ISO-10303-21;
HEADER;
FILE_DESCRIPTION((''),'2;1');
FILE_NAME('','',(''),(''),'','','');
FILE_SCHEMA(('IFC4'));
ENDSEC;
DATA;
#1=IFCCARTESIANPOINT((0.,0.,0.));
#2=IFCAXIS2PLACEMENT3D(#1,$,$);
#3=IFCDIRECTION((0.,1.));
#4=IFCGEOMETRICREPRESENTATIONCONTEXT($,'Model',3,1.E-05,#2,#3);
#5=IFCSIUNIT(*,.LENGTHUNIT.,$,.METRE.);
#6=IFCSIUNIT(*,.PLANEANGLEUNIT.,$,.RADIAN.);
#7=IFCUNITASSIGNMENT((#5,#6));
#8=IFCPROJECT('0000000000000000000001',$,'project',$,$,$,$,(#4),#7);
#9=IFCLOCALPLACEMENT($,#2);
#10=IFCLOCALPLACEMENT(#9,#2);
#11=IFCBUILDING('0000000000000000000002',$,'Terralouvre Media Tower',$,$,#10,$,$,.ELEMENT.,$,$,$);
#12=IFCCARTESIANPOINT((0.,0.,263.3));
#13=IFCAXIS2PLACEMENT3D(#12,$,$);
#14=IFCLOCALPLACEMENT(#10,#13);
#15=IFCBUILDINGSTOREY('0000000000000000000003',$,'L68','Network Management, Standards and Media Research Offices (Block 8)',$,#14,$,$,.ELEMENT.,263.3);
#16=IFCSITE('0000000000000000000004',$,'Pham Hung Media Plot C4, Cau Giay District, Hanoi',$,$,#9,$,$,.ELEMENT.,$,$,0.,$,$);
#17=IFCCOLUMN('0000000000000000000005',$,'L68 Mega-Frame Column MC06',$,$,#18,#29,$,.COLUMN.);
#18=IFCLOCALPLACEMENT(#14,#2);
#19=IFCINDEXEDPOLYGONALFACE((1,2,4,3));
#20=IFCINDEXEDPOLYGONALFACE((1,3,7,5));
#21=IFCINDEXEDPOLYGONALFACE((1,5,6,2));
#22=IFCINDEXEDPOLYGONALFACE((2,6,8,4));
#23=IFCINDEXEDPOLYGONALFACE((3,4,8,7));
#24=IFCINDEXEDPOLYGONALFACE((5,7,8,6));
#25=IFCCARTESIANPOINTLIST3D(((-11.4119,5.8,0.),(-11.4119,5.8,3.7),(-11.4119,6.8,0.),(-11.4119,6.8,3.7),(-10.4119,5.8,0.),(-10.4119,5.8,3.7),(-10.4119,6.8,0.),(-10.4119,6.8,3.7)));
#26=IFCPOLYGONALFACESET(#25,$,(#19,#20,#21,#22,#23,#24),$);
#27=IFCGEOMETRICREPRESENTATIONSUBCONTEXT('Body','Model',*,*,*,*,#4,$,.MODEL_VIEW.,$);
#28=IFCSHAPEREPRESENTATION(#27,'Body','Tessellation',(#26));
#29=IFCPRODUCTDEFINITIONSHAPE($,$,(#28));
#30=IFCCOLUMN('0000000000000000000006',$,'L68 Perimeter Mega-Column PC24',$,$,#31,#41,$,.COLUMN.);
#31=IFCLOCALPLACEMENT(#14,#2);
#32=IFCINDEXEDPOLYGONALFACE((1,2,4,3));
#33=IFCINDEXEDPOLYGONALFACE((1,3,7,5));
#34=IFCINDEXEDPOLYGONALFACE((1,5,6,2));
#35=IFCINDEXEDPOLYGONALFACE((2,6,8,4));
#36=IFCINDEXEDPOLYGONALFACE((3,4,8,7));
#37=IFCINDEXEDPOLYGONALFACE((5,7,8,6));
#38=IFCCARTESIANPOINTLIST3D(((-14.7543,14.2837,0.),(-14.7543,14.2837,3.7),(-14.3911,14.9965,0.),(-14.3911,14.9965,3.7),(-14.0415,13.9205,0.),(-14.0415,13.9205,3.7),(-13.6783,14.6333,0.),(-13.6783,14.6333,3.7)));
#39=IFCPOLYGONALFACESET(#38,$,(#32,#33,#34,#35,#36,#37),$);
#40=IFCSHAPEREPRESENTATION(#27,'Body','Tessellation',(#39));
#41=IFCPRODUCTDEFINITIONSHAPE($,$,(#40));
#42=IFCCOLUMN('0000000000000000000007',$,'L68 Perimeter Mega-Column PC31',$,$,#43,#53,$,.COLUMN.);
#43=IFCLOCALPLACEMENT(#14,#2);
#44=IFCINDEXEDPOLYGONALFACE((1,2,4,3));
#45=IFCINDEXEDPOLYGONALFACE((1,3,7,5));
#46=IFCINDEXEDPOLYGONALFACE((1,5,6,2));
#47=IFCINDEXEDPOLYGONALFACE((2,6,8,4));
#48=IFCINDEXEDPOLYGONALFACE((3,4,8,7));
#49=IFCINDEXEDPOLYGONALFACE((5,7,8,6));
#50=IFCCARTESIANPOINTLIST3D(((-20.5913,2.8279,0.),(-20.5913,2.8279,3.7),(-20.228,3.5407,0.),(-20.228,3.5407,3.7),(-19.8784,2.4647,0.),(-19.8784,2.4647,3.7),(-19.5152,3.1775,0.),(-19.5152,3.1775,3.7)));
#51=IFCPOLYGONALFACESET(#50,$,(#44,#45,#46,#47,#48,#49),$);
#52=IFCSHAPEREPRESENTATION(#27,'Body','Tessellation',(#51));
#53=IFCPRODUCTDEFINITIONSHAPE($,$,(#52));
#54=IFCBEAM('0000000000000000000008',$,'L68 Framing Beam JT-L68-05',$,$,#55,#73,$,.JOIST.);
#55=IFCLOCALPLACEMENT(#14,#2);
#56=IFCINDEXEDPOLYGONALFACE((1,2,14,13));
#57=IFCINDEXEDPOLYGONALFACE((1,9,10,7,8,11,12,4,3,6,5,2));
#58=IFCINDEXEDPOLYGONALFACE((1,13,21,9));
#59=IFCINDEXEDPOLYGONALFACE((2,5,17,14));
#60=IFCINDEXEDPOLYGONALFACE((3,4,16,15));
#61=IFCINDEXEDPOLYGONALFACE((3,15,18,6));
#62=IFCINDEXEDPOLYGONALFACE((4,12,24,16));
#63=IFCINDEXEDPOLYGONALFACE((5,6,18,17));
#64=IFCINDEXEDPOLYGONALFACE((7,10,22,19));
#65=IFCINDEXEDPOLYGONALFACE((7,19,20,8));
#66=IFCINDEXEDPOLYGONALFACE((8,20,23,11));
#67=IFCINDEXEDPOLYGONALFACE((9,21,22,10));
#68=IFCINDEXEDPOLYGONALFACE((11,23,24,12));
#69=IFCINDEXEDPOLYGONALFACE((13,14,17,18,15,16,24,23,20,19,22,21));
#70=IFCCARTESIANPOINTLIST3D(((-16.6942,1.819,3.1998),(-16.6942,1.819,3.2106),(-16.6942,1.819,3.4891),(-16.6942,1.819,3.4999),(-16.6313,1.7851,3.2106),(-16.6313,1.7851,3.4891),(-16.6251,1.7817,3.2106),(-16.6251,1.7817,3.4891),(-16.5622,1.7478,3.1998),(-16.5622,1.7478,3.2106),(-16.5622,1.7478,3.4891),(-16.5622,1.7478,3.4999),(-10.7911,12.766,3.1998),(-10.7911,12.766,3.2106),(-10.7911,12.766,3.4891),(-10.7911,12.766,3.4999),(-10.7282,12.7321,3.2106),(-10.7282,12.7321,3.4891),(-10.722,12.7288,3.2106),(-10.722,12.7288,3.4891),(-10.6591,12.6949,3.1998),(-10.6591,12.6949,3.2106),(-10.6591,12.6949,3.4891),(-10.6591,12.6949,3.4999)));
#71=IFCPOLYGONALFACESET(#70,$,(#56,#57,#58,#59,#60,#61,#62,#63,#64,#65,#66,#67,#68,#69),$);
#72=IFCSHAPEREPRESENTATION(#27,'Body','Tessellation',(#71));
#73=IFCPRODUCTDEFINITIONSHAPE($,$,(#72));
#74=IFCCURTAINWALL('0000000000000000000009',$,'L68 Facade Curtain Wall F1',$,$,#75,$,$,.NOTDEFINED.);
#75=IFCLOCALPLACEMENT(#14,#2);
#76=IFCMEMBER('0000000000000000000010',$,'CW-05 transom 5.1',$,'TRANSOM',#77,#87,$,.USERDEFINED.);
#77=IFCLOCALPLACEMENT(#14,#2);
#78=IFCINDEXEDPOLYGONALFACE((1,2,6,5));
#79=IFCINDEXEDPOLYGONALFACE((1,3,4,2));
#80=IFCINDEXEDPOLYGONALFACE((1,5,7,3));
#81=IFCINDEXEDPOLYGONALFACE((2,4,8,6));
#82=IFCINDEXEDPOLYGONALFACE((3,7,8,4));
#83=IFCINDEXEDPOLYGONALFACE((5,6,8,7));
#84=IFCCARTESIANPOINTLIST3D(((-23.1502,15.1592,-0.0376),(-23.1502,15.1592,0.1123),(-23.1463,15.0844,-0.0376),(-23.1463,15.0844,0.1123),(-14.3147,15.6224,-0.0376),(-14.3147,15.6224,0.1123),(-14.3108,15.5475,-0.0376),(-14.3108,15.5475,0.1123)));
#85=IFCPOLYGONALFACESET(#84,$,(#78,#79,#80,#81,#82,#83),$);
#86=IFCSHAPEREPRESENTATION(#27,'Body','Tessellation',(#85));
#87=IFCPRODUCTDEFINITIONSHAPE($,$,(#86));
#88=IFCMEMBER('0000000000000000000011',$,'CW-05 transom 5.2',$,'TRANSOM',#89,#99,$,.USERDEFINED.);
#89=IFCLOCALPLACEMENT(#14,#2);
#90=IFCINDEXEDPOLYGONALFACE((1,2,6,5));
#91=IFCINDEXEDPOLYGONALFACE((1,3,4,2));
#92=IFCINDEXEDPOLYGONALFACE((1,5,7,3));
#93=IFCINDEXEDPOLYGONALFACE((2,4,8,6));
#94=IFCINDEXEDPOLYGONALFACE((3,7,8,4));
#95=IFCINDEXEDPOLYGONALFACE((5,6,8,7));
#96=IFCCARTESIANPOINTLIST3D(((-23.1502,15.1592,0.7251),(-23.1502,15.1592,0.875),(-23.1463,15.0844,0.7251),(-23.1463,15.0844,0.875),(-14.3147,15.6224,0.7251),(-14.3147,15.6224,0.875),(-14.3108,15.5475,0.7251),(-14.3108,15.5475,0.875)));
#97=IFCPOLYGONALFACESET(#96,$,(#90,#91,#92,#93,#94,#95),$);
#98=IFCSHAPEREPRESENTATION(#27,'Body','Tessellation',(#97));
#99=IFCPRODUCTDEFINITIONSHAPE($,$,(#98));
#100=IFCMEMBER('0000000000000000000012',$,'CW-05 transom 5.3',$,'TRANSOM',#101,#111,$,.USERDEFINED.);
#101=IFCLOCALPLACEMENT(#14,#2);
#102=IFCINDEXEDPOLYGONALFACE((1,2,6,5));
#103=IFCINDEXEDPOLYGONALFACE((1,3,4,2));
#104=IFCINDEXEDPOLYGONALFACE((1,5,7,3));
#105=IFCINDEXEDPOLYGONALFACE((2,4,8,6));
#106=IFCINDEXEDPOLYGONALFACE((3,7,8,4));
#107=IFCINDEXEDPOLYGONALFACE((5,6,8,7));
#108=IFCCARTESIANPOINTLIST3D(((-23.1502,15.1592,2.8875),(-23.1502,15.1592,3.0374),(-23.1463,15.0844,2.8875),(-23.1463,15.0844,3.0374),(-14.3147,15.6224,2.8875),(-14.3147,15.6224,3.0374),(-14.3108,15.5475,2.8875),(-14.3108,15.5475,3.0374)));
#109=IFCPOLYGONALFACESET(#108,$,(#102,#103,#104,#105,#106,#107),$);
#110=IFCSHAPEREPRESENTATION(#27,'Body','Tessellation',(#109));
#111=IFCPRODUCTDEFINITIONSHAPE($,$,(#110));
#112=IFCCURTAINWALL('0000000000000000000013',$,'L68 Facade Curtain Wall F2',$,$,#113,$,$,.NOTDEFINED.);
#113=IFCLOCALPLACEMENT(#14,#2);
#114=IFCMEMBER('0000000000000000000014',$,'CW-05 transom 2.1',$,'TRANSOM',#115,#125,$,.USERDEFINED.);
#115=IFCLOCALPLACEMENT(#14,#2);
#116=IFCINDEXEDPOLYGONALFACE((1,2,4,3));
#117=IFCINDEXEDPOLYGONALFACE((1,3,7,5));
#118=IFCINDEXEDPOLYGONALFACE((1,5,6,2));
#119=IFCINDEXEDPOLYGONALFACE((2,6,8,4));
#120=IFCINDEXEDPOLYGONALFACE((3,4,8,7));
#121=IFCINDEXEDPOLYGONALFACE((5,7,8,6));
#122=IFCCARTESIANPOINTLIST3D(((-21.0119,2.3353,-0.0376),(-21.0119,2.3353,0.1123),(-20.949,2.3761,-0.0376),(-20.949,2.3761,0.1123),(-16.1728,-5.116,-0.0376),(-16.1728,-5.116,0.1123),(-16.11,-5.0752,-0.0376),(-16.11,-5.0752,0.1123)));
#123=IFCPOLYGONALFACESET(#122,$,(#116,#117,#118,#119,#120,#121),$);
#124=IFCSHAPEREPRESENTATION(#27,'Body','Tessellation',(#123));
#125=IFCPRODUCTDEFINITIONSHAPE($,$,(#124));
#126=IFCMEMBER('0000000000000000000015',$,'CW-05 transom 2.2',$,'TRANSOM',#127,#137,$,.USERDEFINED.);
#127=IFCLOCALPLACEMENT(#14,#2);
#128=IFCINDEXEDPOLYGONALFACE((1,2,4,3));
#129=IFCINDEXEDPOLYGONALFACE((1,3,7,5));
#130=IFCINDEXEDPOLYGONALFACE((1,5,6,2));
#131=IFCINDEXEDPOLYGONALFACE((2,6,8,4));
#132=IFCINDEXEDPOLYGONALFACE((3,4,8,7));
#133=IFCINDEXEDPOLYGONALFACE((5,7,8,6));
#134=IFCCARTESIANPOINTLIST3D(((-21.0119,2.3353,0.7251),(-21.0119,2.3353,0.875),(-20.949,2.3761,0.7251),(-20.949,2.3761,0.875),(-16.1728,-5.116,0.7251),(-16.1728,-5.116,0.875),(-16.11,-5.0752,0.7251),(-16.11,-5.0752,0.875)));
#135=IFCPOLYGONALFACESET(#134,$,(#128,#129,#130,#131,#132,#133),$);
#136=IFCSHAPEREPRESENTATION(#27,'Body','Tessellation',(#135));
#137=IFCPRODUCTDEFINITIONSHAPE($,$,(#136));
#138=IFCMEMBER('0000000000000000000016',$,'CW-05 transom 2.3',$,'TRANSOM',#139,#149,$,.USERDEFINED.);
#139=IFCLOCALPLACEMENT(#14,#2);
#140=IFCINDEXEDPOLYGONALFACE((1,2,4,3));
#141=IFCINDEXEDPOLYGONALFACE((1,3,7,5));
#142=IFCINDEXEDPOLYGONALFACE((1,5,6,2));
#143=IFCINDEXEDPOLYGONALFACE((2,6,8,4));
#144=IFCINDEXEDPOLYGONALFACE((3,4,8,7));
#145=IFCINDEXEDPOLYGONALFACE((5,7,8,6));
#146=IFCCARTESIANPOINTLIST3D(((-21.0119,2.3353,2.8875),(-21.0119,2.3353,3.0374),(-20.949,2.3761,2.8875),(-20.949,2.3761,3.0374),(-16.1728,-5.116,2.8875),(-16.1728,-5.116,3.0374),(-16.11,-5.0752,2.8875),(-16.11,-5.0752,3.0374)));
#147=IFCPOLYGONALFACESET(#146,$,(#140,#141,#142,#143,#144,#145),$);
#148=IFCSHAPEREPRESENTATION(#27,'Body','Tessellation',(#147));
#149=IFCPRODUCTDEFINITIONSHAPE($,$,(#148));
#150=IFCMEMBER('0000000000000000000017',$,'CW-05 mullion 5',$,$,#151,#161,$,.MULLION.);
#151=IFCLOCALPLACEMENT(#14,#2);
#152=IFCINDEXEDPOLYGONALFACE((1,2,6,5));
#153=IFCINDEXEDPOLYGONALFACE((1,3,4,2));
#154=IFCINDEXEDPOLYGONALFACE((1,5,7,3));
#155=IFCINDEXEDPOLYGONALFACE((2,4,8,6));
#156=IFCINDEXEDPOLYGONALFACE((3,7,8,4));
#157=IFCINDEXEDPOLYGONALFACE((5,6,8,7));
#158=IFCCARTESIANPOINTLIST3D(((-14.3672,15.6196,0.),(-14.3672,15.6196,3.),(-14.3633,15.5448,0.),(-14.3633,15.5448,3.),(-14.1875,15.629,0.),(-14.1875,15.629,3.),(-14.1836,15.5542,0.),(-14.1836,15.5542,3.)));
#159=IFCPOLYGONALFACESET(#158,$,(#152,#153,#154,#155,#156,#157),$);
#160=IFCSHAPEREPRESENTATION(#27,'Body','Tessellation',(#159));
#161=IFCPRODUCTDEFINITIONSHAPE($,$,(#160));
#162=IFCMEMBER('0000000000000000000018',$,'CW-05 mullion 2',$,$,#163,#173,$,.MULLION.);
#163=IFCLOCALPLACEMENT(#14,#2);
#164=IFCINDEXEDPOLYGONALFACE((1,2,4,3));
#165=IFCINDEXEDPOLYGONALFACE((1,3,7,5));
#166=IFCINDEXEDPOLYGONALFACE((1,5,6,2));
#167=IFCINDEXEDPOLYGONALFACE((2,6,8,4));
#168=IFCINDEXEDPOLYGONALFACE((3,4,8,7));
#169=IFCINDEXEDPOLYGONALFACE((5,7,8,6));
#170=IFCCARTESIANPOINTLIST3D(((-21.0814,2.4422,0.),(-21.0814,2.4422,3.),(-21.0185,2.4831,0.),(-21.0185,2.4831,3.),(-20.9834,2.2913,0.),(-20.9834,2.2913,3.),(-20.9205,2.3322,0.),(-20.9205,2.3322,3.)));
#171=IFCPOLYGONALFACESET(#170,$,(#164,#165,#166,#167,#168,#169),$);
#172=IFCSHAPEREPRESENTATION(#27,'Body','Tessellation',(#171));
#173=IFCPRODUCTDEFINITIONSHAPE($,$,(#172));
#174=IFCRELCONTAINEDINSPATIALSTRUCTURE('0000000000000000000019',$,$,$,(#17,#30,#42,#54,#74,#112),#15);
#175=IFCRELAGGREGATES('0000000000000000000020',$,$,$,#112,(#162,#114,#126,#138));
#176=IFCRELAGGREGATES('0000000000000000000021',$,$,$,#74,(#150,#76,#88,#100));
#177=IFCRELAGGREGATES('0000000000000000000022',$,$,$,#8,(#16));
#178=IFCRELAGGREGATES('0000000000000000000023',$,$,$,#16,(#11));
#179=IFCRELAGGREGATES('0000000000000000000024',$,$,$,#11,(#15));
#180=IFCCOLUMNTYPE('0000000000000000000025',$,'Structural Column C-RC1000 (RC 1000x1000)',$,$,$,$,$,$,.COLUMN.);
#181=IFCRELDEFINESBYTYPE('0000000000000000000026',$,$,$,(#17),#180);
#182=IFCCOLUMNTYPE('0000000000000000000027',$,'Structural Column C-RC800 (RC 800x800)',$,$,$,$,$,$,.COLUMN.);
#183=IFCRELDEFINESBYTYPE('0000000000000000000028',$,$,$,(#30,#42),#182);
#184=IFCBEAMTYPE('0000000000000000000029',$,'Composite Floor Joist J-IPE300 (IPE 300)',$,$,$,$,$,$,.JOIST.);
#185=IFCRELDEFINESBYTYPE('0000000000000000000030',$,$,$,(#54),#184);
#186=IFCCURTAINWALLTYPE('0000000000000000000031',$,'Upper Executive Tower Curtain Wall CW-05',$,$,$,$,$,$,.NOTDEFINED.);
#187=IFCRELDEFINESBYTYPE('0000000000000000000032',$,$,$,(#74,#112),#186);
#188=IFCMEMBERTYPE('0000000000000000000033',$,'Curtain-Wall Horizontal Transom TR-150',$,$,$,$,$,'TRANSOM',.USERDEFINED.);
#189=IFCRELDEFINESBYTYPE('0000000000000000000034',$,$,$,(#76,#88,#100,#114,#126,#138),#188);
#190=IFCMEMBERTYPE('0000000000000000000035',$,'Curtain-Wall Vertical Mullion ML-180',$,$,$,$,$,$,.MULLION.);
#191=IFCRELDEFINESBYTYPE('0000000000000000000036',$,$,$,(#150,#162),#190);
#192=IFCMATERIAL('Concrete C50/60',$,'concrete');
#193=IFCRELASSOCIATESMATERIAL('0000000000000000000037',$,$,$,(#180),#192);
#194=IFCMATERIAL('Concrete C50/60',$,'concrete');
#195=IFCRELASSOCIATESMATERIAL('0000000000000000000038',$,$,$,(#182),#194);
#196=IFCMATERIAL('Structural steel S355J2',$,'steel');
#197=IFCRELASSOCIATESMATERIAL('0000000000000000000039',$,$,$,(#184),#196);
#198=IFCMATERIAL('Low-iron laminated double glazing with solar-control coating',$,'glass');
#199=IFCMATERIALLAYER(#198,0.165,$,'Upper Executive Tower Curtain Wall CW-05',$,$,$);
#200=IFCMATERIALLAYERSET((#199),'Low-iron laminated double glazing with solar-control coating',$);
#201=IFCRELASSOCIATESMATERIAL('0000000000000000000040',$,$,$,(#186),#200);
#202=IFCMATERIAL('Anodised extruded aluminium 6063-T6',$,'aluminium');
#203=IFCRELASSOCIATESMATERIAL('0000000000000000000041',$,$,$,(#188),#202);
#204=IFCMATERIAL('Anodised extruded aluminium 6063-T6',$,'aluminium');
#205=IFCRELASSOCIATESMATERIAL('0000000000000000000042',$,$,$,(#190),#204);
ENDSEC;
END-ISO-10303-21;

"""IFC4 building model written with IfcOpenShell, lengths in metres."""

from ifc_helpers import new_model, si_unit, direction, frame, origin, origin_2d, place, context, subcontext, project, spatial, rectangle, i_section, extrude, material, layer, layer_set, material_profile, profile_set, type_object, element, aggregate, save


model = new_model("IFC4")

# Units and contexts
model_context = context("Model", 3, precision=1e-05, world=origin(), true_north=direction((0.0, 1.0)))
body_context = subcontext(model_context, "Body", "Model", "MODEL_VIEW")
ifc_project = project(units=[si_unit("LENGTHUNIT", "METRE"), si_unit("PLANEANGLEUNIT", "RADIAN")], contexts=[model_context])

# Site, building, storey
site_placement = place(None, origin())
site = spatial("IfcSite", under=ifc_project, at=site_placement, Name="Pham Hung Media Plot C4, Cau Giay District, Hanoi", CompositionType="ELEMENT", RefElevation=0.0)
building_placement = place(site_placement, origin())
building = spatial("IfcBuilding", under=site, at=building_placement, Name="Terralouvre Media Tower", CompositionType="ELEMENT")
storey_placement = place(building_placement, frame((0.0, 0.0, 263.3)))
storey = spatial("IfcBuildingStorey", under=building, at=storey_placement, Name="L68", Description="Network Management, Standards and Media Research Offices (Block 8)", CompositionType="ELEMENT", Elevation=263.3)

# Columns
ifc_material_1 = material(Name="Concrete C50/60", Category="concrete")
ifc_material_profile_1 = material_profile(ifc_material_1, rectangle(XDim=1.0, YDim=1.0, at=origin_2d()), Name="RC 1000x1000")
ifc_profile_set_1 = profile_set([ifc_material_profile_1], Name="Concrete C50/60")
column_type_1 = type_object("IfcColumnType", Name="Structural Column C-RC1000 (RC 1000x1000)", PredefinedType="COLUMN", material=ifc_profile_set_1)
column_placement = place(storey_placement, frame((-10.9119, 6.3, 0.0), z_axis=(0.0, 0.0, 1.0), x_axis=(1.0, 0.0, 0.0)))
element("IfcColumn", 1, at=column_placement, inside=storey, type_object=column_type_1, Name="L68 Mega-Frame Column MC06", PredefinedType="COLUMN", context=body_context, shape_type="SweptSolid", body=[
    extrude(rectangle(XDim=1.0, YDim=1.0, at=origin_2d()), origin(), (0.0, 0.0, 1.0), 3.7),
])
ifc_material_2 = material(Name="Concrete C50/60", Category="concrete")
ifc_material_profile_2 = material_profile(ifc_material_2, rectangle(XDim=0.8, YDim=0.8, at=origin_2d()), Name="RC 800x800")
ifc_profile_set_2 = profile_set([ifc_material_profile_2], Name="Concrete C50/60")
column_type_2 = type_object("IfcColumnType", Name="Structural Column C-RC800 (RC 800x800)", PredefinedType="COLUMN", material=ifc_profile_set_2)
for number, where, z_axis, x_axis, name in (
    (2, (-14.2163, 14.4585, 0.0), (0.0, 0.0, 1.0), (0.45399, 0.891007, 0.0), "L68 Perimeter Mega-Column PC24"),
    (3, (-20.0532, 3.0027, 0.0), (0.0, 0.0, 1.0), (0.45399, 0.891007, 0.0), "L68 Perimeter Mega-Column PC31"),
):
    element("IfcColumn", number, at=place(storey_placement, frame(where, z_axis=z_axis, x_axis=x_axis)), inside=storey, type_object=column_type_2, Name=name, PredefinedType="COLUMN", context=body_context, shape_type="SweptSolid", body=[
        extrude(rectangle(XDim=0.8, YDim=0.8, at=origin_2d()), origin(), (0.0, 0.0, 1.0), 3.7),
    ])

# Beam
ifc_material_3 = material(Name="Structural steel S355J2", Category="steel")
ifc_material_profile_3 = material_profile(ifc_material_3, i_section(OverallWidth=0.1499, OverallDepth=0.3, WebThickness=0.0071, FlangeThickness=0.0107, at=origin_2d()), Name="IPE 300")
ifc_profile_set_3 = profile_set([ifc_material_profile_3], Name="Structural steel S355J2")
beam_type_1 = type_object("IfcBeamType", Name="Composite Floor Joist J-IPE300 (IPE 300)", PredefinedType="JOIST", material=ifc_profile_set_3)
beam_1_placement = place(storey_placement, frame((-10.7251, 12.7305, 3.3499), z_axis=(-0.474631, -0.880185, 0.0), x_axis=(0.880185, -0.474631, 0.0)))
element("IfcBeam", 4, at=beam_1_placement, inside=storey, type_object=beam_type_1, Name="L68 Framing Beam JT-L68-05", PredefinedType="JOIST", context=body_context, shape_type="SweptSolid", body=[
    extrude(i_section(OverallWidth=0.1499, OverallDepth=0.3, WebThickness=0.0071, FlangeThickness=0.0107, at=origin_2d()), origin(), (0.0, 0.0, 1.0), 12.4373),
])

# Curtain walls, members
ifc_material_4 = material(Name="Low-iron laminated double glazing with solar-control coating", Category="glass")
ifc_layer_1 = layer(ifc_material_4, 0.165, Name="Upper Executive Tower Curtain Wall CW-05")
ifc_layer_set_1 = layer_set([ifc_layer_1], Name="Low-iron laminated double glazing with solar-control coating")
curtain_wall_type = type_object("IfcCurtainWallType", Name="Upper Executive Tower Curtain Wall CW-05", PredefinedType="NOTDEFINED", material=ifc_layer_set_1)
curtain_wall_1_placement = place(storey_placement, origin())
curtain_wall_1 = element("IfcCurtainWall", 5, at=curtain_wall_1_placement, inside=storey, type_object=curtain_wall_type, Name="L68 Facade Curtain Wall F1", PredefinedType="NOTDEFINED")
ifc_material_5 = material(Name="Anodised extruded aluminium 6063-T6", Category="aluminium")
ifc_material_profile_4 = material_profile(ifc_material_5, rectangle(XDim=0.075, YDim=0.1499, at=origin_2d()), Name="ALU 75x150")
ifc_profile_set_4 = profile_set([ifc_material_profile_4], Name="Anodised extruded aluminium 6063-T6")
member_type_1 = type_object("IfcMemberType", Name="Curtain-Wall Horizontal Transom TR-150", ElementType="TRANSOM", PredefinedType="USERDEFINED", material=ifc_profile_set_4)
member_1_placement = place(storey_placement, frame((-14.3127, 15.585, 0.0374), z_axis=(-0.998629, -0.052346, 0.0), x_axis=(0.052346, -0.998629, 0.0)))
member_1 = element("IfcMember", 6, at=member_1_placement, type_object=member_type_1, Name="CW-05 transom 5.1", ObjectType="TRANSOM", PredefinedType="USERDEFINED", context=body_context, shape_type="SweptSolid", body=[
    extrude(rectangle(XDim=0.075, YDim=0.1499, at=origin_2d()), origin(), (0.0, 0.0, 1.0), 8.8477),
])
member_2_placement = place(storey_placement, frame((-14.3127, 15.585, 0.8), z_axis=(-0.998629, -0.052346, 0.0), x_axis=(0.052346, -0.998629, 0.0)))
member_2 = element("IfcMember", 7, at=member_2_placement, type_object=member_type_1, Name="CW-05 transom 5.2", ObjectType="TRANSOM", PredefinedType="USERDEFINED", context=body_context, shape_type="SweptSolid", body=[
    extrude(rectangle(XDim=0.075, YDim=0.1499, at=origin_2d()), origin(), (0.0, 0.0, 1.0), 8.8477),
])
member_3_placement = place(storey_placement, frame((-14.3127, 15.585, 2.9624), z_axis=(-0.998629, -0.052346, 0.0), x_axis=(0.052346, -0.998629, 0.0)))
member_3 = element("IfcMember", 8, at=member_3_placement, type_object=member_type_1, Name="CW-05 transom 5.3", ObjectType="TRANSOM", PredefinedType="USERDEFINED", context=body_context, shape_type="SweptSolid", body=[
    extrude(rectangle(XDim=0.075, YDim=0.1499, at=origin_2d()), origin(), (0.0, 0.0, 1.0), 8.8477),
])
curtain_wall_2_placement = place(storey_placement, origin())
curtain_wall_2 = element("IfcCurtainWall", 9, at=curtain_wall_2_placement, inside=storey, type_object=curtain_wall_type, Name="L68 Facade Curtain Wall F2", PredefinedType="NOTDEFINED")
member_4_placement = place(storey_placement, frame((-20.9805, 2.3557, 0.0374), z_axis=(0.544647, -0.838665, 0.0), x_axis=(0.838665, 0.544647, 0.0)))
member_4 = element("IfcMember", 10, at=member_4_placement, type_object=member_type_1, Name="CW-05 transom 2.1", ObjectType="TRANSOM", PredefinedType="USERDEFINED", context=body_context, shape_type="SweptSolid", body=[
    extrude(rectangle(XDim=0.075, YDim=0.1499, at=origin_2d()), origin(), (0.0, 0.0, 1.0), 8.8848),
])
member_5_placement = place(storey_placement, frame((-20.9805, 2.3557, 0.8), z_axis=(0.544647, -0.838665, 0.0), x_axis=(0.838665, 0.544647, 0.0)))
member_5 = element("IfcMember", 11, at=member_5_placement, type_object=member_type_1, Name="CW-05 transom 2.2", ObjectType="TRANSOM", PredefinedType="USERDEFINED", context=body_context, shape_type="SweptSolid", body=[
    extrude(rectangle(XDim=0.075, YDim=0.1499, at=origin_2d()), origin(), (0.0, 0.0, 1.0), 8.8848),
])
member_6_placement = place(storey_placement, frame((-20.9805, 2.3557, 2.9624), z_axis=(0.544647, -0.838665, 0.0), x_axis=(0.838665, 0.544647, 0.0)))
member_6 = element("IfcMember", 12, at=member_6_placement, type_object=member_type_1, Name="CW-05 transom 2.3", ObjectType="TRANSOM", PredefinedType="USERDEFINED", context=body_context, shape_type="SweptSolid", body=[
    extrude(rectangle(XDim=0.075, YDim=0.1499, at=origin_2d()), origin(), (0.0, 0.0, 1.0), 8.8848),
])

# Members
ifc_material_6 = material(Name="Anodised extruded aluminium 6063-T6", Category="aluminium")
ifc_material_profile_5 = material_profile(ifc_material_6, rectangle(XDim=0.075, YDim=0.1799, at=origin_2d()), Name="ALU 75x180")
ifc_profile_set_5 = profile_set([ifc_material_profile_5], Name="Anodised extruded aluminium 6063-T6")
member_type_2 = type_object("IfcMemberType", Name="Curtain-Wall Vertical Mullion ML-180", PredefinedType="MULLION", material=ifc_profile_set_5)
member_7_placement = place(storey_placement, frame((-14.2754, 15.5869, 0.0), z_axis=(0.0, 0.0, 1.0), x_axis=(0.052336, -0.99863, 0.0)))
member_7 = element("IfcMember", 13, at=member_7_placement, type_object=member_type_2, Name="CW-05 mullion 5", PredefinedType="MULLION", context=body_context, shape_type="SweptSolid", body=[
    extrude(rectangle(XDim=0.075, YDim=0.1799, at=origin_2d()), origin(), (0.0, 0.0, 1.0), 3.0),
])
member_8_placement = place(storey_placement, frame((-21.001, 2.3872, 0.0), z_axis=(0.0, 0.0, 1.0), x_axis=(0.838671, 0.544639, 0.0)))
member_8 = element("IfcMember", 14, at=member_8_placement, type_object=member_type_2, Name="CW-05 mullion 2", PredefinedType="MULLION", context=body_context, shape_type="SweptSolid", body=[
    extrude(rectangle(XDim=0.075, YDim=0.1799, at=origin_2d()), origin(), (0.0, 0.0, 1.0), 3.0),
])
aggregate(curtain_wall_2, [member_8, member_4, member_5, member_6])

aggregate(curtain_wall_1, [member_7, member_1, member_2, member_3])

save(model, "model.ifc")
